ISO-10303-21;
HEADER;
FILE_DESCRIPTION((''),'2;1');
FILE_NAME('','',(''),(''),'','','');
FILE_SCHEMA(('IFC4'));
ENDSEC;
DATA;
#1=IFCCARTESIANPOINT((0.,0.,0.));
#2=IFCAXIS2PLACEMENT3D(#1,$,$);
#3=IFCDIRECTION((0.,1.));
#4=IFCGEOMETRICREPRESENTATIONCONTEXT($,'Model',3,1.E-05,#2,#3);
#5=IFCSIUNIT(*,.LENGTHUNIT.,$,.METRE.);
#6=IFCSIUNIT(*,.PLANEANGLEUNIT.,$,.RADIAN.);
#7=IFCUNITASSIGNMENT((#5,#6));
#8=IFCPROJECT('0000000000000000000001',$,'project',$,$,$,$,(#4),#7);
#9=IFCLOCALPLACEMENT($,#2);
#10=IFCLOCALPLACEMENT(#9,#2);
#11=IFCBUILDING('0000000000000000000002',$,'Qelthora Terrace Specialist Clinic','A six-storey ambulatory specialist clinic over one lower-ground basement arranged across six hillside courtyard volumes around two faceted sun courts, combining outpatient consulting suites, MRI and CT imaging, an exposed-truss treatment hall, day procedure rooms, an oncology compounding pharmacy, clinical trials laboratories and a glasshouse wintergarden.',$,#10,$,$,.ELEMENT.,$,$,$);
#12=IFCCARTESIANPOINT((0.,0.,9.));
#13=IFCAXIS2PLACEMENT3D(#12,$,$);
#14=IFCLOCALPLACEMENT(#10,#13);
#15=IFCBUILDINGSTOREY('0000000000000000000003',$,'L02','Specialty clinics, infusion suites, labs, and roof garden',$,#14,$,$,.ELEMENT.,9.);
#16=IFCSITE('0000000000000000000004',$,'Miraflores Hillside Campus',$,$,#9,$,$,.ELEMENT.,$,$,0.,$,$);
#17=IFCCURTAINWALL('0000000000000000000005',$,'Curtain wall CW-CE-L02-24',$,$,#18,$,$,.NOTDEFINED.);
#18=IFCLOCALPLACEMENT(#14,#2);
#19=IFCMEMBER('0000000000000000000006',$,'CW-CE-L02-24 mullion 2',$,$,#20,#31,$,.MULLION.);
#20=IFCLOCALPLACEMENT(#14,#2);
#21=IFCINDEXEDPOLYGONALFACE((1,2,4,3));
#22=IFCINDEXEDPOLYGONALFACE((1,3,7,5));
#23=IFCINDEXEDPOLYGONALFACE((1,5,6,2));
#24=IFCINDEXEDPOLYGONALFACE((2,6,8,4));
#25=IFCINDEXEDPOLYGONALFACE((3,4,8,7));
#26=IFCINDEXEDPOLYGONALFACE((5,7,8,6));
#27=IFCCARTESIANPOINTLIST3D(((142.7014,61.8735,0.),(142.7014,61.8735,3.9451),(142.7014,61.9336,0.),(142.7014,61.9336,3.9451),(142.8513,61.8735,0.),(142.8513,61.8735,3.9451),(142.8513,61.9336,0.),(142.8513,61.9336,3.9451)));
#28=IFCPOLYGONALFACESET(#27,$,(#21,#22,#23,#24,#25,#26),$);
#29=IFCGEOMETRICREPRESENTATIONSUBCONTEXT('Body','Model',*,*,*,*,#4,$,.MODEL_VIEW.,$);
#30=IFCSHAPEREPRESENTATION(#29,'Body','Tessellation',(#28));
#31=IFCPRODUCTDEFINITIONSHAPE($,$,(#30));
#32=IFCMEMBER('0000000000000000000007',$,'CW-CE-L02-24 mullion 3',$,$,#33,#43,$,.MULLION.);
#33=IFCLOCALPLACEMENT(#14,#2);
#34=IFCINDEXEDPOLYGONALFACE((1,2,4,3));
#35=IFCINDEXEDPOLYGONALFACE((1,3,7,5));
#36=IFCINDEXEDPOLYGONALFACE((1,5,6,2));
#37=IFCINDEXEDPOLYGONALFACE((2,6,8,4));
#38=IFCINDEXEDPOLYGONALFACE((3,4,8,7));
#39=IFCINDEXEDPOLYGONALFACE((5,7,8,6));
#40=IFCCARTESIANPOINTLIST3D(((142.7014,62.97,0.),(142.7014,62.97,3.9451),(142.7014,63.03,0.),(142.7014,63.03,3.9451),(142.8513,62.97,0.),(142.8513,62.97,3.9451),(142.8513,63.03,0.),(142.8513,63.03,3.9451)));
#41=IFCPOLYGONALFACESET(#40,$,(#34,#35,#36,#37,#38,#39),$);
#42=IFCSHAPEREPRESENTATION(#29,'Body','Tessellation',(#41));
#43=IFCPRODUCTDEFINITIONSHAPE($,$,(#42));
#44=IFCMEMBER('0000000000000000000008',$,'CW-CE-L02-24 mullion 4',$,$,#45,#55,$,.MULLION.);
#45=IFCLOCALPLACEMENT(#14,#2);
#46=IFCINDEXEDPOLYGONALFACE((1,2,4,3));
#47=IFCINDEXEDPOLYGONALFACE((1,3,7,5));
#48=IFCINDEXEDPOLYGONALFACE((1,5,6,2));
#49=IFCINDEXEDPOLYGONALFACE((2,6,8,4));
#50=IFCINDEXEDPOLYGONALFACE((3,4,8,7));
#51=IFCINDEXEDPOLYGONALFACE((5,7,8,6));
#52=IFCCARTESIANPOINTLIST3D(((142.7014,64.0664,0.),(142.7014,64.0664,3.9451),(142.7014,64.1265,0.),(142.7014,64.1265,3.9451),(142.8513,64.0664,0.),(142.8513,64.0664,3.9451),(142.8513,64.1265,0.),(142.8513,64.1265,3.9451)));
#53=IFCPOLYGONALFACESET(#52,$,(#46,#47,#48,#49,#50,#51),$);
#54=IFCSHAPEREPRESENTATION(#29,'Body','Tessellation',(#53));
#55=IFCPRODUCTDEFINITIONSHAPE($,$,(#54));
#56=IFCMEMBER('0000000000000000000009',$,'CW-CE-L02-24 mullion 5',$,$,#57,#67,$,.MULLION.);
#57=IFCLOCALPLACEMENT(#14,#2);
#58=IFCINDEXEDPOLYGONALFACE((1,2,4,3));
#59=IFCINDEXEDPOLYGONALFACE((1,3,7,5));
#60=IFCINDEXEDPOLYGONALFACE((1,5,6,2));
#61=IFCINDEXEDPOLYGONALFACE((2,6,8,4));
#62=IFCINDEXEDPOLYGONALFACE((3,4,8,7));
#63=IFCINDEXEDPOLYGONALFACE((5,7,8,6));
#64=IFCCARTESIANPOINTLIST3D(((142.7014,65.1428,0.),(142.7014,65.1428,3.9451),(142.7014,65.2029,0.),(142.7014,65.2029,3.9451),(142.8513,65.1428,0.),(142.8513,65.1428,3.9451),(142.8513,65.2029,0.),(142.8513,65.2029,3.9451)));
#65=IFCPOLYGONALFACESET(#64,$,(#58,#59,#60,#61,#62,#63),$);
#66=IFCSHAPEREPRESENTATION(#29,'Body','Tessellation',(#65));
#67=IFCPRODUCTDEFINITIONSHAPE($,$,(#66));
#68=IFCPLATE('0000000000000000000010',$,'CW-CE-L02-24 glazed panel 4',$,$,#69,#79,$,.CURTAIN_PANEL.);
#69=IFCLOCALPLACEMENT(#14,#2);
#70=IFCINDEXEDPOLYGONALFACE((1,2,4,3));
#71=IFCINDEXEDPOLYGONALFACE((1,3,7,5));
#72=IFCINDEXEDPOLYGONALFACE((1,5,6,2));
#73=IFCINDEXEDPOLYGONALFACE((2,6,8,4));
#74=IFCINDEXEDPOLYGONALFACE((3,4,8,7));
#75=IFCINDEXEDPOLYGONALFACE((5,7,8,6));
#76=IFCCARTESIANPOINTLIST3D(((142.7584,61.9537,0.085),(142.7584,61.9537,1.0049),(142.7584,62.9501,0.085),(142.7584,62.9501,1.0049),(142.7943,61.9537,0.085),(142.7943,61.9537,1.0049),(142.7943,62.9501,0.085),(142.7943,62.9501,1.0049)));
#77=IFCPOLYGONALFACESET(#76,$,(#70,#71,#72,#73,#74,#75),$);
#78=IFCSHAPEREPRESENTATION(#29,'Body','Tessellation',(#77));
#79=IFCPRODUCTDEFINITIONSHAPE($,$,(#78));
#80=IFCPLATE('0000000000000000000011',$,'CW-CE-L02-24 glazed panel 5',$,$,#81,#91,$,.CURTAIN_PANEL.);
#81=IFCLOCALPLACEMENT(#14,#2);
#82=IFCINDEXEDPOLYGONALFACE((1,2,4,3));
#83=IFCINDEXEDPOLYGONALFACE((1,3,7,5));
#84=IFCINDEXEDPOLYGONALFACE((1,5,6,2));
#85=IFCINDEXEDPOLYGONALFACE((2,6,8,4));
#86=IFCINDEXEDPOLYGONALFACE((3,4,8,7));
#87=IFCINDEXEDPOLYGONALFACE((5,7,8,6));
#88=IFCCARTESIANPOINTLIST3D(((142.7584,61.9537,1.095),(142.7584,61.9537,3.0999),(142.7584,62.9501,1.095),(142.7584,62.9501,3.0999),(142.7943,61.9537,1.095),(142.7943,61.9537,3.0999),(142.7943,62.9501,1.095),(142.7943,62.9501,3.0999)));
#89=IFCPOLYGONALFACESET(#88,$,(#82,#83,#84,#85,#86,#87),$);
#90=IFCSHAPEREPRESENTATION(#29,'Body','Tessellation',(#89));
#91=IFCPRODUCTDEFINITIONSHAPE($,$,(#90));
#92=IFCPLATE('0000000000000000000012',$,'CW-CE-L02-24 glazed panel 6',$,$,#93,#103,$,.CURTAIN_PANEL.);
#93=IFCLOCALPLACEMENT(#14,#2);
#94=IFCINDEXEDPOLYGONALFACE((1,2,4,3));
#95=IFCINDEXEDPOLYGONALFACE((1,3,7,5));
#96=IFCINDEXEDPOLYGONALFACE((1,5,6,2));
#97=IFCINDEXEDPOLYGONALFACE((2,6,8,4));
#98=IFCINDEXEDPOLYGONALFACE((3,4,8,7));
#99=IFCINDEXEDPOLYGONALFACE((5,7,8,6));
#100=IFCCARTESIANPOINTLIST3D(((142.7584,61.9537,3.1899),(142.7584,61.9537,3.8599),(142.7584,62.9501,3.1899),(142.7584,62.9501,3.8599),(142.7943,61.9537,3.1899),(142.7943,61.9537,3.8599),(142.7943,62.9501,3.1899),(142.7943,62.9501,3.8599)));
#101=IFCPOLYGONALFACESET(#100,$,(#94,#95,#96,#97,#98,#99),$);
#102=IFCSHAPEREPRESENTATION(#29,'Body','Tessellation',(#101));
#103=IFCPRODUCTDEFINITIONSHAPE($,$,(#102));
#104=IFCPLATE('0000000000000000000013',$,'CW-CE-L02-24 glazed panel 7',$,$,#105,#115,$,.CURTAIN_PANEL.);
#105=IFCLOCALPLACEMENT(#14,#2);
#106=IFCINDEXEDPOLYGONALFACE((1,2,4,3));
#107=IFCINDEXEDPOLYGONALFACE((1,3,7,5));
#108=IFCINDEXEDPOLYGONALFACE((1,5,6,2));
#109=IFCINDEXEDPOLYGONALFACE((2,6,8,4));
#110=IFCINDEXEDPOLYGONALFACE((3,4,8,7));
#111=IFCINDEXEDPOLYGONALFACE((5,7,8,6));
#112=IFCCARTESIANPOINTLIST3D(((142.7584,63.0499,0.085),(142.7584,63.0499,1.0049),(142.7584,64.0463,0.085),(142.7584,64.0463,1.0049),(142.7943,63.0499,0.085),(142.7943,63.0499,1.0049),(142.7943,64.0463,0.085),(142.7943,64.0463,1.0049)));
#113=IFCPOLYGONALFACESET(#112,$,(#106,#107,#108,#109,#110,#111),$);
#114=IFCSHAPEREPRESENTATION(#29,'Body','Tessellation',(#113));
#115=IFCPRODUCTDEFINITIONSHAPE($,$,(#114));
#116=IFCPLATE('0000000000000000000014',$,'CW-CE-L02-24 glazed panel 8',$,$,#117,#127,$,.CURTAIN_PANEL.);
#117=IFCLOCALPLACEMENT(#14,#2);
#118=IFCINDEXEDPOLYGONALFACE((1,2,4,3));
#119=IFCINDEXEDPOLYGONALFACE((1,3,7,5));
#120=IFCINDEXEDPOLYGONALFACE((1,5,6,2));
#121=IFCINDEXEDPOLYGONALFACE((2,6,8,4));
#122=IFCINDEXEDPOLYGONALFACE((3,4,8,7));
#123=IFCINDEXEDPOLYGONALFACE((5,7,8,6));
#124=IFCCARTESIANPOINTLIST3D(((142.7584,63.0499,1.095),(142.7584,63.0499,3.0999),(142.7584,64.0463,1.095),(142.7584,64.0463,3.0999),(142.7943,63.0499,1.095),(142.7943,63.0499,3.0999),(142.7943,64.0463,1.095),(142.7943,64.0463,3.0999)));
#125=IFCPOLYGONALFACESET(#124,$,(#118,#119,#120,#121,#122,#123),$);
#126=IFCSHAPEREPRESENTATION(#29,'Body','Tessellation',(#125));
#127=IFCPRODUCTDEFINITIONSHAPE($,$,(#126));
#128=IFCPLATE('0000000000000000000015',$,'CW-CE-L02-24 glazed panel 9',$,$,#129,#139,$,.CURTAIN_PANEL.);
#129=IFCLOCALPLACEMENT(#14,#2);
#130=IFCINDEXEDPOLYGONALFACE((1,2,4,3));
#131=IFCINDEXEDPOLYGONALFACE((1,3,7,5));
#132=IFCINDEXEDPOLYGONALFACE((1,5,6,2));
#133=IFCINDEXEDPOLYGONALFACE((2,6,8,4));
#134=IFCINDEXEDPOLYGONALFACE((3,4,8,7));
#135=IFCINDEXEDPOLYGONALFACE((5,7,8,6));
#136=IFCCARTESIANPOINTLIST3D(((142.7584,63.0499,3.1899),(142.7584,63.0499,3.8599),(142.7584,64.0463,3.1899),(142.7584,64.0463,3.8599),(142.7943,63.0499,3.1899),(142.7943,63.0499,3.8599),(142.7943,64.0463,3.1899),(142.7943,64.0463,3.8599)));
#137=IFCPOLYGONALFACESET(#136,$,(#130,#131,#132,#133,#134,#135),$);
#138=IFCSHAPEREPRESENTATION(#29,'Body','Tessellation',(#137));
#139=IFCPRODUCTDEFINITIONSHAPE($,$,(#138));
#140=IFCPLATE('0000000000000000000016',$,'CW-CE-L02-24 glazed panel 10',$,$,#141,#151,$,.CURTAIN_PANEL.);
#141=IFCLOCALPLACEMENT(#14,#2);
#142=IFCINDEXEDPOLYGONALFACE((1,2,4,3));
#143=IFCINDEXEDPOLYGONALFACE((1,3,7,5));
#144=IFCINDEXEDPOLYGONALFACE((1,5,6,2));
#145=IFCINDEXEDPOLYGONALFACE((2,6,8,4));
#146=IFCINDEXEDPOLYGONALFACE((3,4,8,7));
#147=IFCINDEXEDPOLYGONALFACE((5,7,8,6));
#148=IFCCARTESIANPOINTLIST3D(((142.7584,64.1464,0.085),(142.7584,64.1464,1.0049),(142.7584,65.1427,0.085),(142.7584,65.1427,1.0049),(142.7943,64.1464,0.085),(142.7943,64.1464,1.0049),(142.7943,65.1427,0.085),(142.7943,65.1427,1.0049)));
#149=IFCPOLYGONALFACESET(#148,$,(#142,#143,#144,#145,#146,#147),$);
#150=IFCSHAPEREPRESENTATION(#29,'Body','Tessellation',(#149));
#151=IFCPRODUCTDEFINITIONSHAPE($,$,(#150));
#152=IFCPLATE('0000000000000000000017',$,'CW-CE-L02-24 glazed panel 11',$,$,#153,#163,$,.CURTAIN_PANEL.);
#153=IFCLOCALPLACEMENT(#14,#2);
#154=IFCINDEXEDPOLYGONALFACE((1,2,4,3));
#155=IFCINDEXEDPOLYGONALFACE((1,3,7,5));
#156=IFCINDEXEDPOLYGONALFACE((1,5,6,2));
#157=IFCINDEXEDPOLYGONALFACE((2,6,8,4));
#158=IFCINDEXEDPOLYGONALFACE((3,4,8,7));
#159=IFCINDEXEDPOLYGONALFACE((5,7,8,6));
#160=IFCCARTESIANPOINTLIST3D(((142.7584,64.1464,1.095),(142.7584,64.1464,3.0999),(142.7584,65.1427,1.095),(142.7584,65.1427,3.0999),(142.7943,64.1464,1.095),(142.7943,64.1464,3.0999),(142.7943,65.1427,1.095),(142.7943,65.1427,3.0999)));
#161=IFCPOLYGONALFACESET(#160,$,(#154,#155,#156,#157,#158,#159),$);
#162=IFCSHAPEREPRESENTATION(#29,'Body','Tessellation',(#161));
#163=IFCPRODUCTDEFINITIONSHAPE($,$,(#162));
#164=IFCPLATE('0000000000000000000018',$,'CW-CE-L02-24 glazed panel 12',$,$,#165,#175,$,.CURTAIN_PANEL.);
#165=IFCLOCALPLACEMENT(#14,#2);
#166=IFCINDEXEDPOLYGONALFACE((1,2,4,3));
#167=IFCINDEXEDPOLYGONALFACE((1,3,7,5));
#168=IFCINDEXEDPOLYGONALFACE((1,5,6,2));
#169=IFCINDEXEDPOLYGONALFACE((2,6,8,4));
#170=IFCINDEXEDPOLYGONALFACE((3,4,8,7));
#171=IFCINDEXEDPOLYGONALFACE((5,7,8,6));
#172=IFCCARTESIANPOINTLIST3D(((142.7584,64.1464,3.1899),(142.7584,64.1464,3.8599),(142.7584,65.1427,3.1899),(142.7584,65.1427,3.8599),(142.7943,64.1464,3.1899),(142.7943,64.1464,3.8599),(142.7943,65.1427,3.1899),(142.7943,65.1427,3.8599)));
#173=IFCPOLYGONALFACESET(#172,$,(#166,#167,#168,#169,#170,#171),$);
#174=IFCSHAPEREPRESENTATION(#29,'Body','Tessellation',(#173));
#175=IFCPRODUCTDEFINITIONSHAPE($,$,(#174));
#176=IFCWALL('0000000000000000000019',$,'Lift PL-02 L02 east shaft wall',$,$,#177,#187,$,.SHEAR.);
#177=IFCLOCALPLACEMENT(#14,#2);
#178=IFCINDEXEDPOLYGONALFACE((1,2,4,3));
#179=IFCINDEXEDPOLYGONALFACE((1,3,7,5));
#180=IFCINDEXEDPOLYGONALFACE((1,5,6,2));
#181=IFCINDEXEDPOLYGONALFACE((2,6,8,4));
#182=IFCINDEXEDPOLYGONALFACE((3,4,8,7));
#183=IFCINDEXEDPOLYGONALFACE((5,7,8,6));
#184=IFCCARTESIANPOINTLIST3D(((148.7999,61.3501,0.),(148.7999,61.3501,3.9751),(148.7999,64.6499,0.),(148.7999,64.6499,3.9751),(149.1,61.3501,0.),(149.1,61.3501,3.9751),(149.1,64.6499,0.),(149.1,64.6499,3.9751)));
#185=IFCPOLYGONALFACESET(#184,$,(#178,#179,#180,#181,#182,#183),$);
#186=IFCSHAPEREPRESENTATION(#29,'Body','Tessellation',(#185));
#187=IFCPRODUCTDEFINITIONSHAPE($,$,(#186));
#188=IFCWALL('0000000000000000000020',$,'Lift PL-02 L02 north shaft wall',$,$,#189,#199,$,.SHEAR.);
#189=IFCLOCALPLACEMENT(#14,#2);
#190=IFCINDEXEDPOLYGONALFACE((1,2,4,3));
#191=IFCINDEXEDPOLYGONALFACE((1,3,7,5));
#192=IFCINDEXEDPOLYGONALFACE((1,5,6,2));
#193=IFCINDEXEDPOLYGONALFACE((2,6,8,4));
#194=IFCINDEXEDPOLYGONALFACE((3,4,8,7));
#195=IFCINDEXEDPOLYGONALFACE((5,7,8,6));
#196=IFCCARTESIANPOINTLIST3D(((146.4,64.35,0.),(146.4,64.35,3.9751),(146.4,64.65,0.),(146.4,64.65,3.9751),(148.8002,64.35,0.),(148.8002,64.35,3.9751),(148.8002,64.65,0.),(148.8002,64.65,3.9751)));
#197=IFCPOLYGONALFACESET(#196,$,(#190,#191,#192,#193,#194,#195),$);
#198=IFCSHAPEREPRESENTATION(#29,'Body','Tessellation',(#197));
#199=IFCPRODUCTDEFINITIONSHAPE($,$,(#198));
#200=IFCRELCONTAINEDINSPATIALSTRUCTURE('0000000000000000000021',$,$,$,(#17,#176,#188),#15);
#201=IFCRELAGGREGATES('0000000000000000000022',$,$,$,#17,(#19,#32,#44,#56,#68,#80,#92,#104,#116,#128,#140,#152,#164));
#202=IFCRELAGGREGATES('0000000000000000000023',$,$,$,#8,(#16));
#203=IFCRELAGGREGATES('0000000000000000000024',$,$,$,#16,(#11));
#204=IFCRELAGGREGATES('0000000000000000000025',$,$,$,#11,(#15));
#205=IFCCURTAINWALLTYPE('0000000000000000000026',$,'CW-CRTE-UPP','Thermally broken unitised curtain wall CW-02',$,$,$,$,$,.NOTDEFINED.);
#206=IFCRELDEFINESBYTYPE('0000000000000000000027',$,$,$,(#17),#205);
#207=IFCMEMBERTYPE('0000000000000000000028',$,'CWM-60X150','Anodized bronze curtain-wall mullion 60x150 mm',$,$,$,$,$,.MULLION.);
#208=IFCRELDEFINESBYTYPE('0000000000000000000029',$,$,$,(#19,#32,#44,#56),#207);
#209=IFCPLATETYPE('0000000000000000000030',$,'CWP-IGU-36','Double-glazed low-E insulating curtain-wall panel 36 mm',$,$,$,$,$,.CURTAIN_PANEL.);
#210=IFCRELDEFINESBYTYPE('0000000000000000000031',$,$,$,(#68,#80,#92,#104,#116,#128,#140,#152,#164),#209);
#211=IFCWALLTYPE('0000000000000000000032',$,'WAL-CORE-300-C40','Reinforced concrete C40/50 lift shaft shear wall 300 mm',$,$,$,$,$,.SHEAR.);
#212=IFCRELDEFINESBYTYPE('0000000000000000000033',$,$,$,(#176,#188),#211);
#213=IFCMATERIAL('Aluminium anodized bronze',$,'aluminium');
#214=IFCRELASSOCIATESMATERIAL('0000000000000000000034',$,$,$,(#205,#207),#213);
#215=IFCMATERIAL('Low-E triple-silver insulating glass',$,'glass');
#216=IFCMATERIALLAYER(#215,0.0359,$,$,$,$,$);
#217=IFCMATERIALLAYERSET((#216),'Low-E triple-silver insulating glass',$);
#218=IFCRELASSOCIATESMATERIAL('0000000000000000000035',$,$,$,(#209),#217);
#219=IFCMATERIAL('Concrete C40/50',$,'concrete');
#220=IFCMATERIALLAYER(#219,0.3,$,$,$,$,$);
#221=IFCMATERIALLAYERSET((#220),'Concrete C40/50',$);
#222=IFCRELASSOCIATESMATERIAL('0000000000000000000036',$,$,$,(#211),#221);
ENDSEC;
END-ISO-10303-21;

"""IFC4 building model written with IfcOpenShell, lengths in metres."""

from ifc_helpers import new_model, si_unit, direction, frame, frame_2d, origin, origin_2d, place, context, subcontext, project, spatial, rectangle, extrude, material, layer, layer_set, material_profile, profile_set, type_object, element, aggregate, save


model = new_model("IFC4")

# Units and contexts
model_context = context("Model", 3, precision=1e-05, world=origin(), true_north=direction((0.0, 1.0)))
body_context = subcontext(model_context, "Body", "Model", "MODEL_VIEW")
ifc_project = project(units=[si_unit("LENGTHUNIT", "METRE"), si_unit("PLANEANGLEUNIT", "RADIAN")], contexts=[model_context])

# Site, building, storey
site_placement = place(None, origin())
site = spatial("IfcSite", under=ifc_project, at=site_placement, Name="Miraflores Hillside Campus", CompositionType="ELEMENT", RefElevation=0.0)
building_placement = place(site_placement, origin())
building = spatial("IfcBuilding", under=site, at=building_placement, Name="Qelthora Terrace Specialist Clinic", Description="A six-storey ambulatory specialist clinic over one lower-ground basement arranged across six hillside courtyard volumes around two faceted sun courts, combining outpatient consulting suites, MRI and CT imaging, an exposed-truss treatment hall, day procedure rooms, an oncology compounding pharmacy, clinical trials laboratories and a glasshouse wintergarden.", CompositionType="ELEMENT")
storey_placement = place(building_placement, frame((0.0, 0.0, 9.0)))
storey = spatial("IfcBuildingStorey", under=building, at=storey_placement, Name="L02", Description="Specialty clinics, infusion suites, labs, and roof garden", CompositionType="ELEMENT", Elevation=9.0)

# Curtain wall, members, plates
ifc_material_1 = material(Name="Aluminium anodized bronze", Category="aluminium")
curtain_wall_type = type_object("IfcCurtainWallType", Name="CW-CRTE-UPP", Description="Thermally broken unitised curtain wall CW-02", PredefinedType="NOTDEFINED", material=ifc_material_1)
curtain_wall_placement = place(storey_placement, origin())
curtain_wall = element("IfcCurtainWall", 1, at=curtain_wall_placement, inside=storey, type_object=curtain_wall_type, Name="Curtain wall CW-CE-L02-24", PredefinedType="NOTDEFINED")
ifc_material_profile = material_profile(ifc_material_1, rectangle(XDim=0.0601, YDim=0.1499, at=origin_2d()), Name="CWM60X150")
ifc_profile_set = profile_set([ifc_material_profile], Name="Aluminium anodized bronze")
member_type = type_object("IfcMemberType", Name="CWM-60X150", Description="Anodized bronze curtain-wall mullion 60x150 mm", PredefinedType="MULLION", material=ifc_profile_set)
member_1_placement = place(storey_placement, frame((142.7764, 61.9036, 0.0), z_axis=(0.0, 0.0, 1.0), x_axis=(0.0, 1.0, 0.0)))
member_1 = element("IfcMember", 2, at=member_1_placement, type_object=member_type, Name="CW-CE-L02-24 mullion 2", PredefinedType="MULLION", context=body_context, shape_type="SweptSolid", body=[
    extrude(rectangle(XDim=0.0601, YDim=0.1499, at=origin_2d()), origin(), (0.0, 0.0, 1.0), 3.9451),
])
member_2_placement = place(storey_placement, frame((142.7764, 63.0, 0.0), z_axis=(0.0, 0.0, 1.0), x_axis=(0.0, 1.0, 0.0)))
member_2 = element("IfcMember", 3, at=member_2_placement, type_object=member_type, Name="CW-CE-L02-24 mullion 3", PredefinedType="MULLION", context=body_context, shape_type="SweptSolid", body=[
    extrude(rectangle(XDim=0.0601, YDim=0.1499, at=origin_2d()), origin(), (0.0, 0.0, 1.0), 3.9451),
])
member_3_placement = place(storey_placement, frame((142.7764, 64.0964, 0.0), z_axis=(0.0, 0.0, 1.0), x_axis=(0.0, 1.0, 0.0)))
member_3 = element("IfcMember", 4, at=member_3_placement, type_object=member_type, Name="CW-CE-L02-24 mullion 4", PredefinedType="MULLION", context=body_context, shape_type="SweptSolid", body=[
    extrude(rectangle(XDim=0.0601, YDim=0.1499, at=origin_2d()), origin(), (0.0, 0.0, 1.0), 3.9451),
])
member_4_placement = place(storey_placement, frame((142.7764, 65.1729, 0.0), z_axis=(0.0, 0.0, 1.0), x_axis=(0.0, 1.0, 0.0)))
member_4 = element("IfcMember", 5, at=member_4_placement, type_object=member_type, Name="CW-CE-L02-24 mullion 5", PredefinedType="MULLION", context=body_context, shape_type="SweptSolid", body=[
    extrude(rectangle(XDim=0.0601, YDim=0.1499, at=origin_2d()), origin(), (0.0, 0.0, 1.0), 3.9451),
])
ifc_material_2 = material(Name="Low-E triple-silver insulating glass", Category="glass")
ifc_layer_1 = layer(ifc_material_2, 0.0359)
ifc_layer_set_1 = layer_set([ifc_layer_1], Name="Low-E triple-silver insulating glass")
plate_type = type_object("IfcPlateType", Name="CWP-IGU-36", Description="Double-glazed low-E insulating curtain-wall panel 36 mm", PredefinedType="CURTAIN_PANEL", material=ifc_layer_set_1)
plate_1_placement = place(storey_placement, frame((142.7764, 62.4519, 0.085), z_axis=(0.0, 0.0, 1.0), x_axis=(0.0, 1.0, 0.0)))
plate_1 = element("IfcPlate", 6, at=plate_1_placement, type_object=plate_type, Name="CW-CE-L02-24 glazed panel 4", PredefinedType="CURTAIN_PANEL", context=body_context, shape_type="SweptSolid", body=[
    extrude(rectangle(XDim=0.9963, YDim=0.0359, at=origin_2d()), origin(), (0.0, 0.0, 1.0), 0.9199),
])
plate_2_placement = place(storey_placement, frame((142.7764, 62.4519, 1.095), z_axis=(0.0, 0.0, 1.0), x_axis=(0.0, 1.0, 0.0)))
plate_2 = element("IfcPlate", 7, at=plate_2_placement, type_object=plate_type, Name="CW-CE-L02-24 glazed panel 5", PredefinedType="CURTAIN_PANEL", context=body_context, shape_type="SweptSolid", body=[
    extrude(rectangle(XDim=0.9963, YDim=0.0359, at=origin_2d()), origin(), (0.0, 0.0, 1.0), 2.0049),
])
plate_3_placement = place(storey_placement, frame((142.7764, 62.4519, 3.1899), z_axis=(0.0, 0.0, 1.0), x_axis=(0.0, 1.0, 0.0)))
plate_3 = element("IfcPlate", 8, at=plate_3_placement, type_object=plate_type, Name="CW-CE-L02-24 glazed panel 6", PredefinedType="CURTAIN_PANEL", context=body_context, shape_type="SweptSolid", body=[
    extrude(rectangle(XDim=0.9963, YDim=0.0359, at=origin_2d()), origin(), (0.0, 0.0, 1.0), 0.6699),
])
plate_4_placement = place(storey_placement, frame((142.7764, 63.5481, 0.085), z_axis=(0.0, 0.0, 1.0), x_axis=(0.0, 1.0, 0.0)))
plate_4 = element("IfcPlate", 9, at=plate_4_placement, type_object=plate_type, Name="CW-CE-L02-24 glazed panel 7", PredefinedType="CURTAIN_PANEL", context=body_context, shape_type="SweptSolid", body=[
    extrude(rectangle(XDim=0.9963, YDim=0.0359, at=origin_2d()), origin(), (0.0, 0.0, 1.0), 0.9199),
])
plate_5_placement = place(storey_placement, frame((142.7764, 63.5481, 1.095), z_axis=(0.0, 0.0, 1.0), x_axis=(0.0, 1.0, 0.0)))
plate_5 = element("IfcPlate", 10, at=plate_5_placement, type_object=plate_type, Name="CW-CE-L02-24 glazed panel 8", PredefinedType="CURTAIN_PANEL", context=body_context, shape_type="SweptSolid", body=[
    extrude(rectangle(XDim=0.9963, YDim=0.0359, at=origin_2d()), origin(), (0.0, 0.0, 1.0), 2.0049),
])
plate_6_placement = place(storey_placement, frame((142.7764, 63.5481, 3.1899), z_axis=(0.0, 0.0, 1.0), x_axis=(0.0, 1.0, 0.0)))
plate_6 = element("IfcPlate", 11, at=plate_6_placement, type_object=plate_type, Name="CW-CE-L02-24 glazed panel 9", PredefinedType="CURTAIN_PANEL", context=body_context, shape_type="SweptSolid", body=[
    extrude(rectangle(XDim=0.9963, YDim=0.0359, at=origin_2d()), origin(), (0.0, 0.0, 1.0), 0.6699),
])
plate_7_placement = place(storey_placement, frame((142.7764, 64.6445, 0.085), z_axis=(0.0, 0.0, 1.0), x_axis=(0.0, 1.0, 0.0)))
plate_7 = element("IfcPlate", 12, at=plate_7_placement, type_object=plate_type, Name="CW-CE-L02-24 glazed panel 10", PredefinedType="CURTAIN_PANEL", context=body_context, shape_type="SweptSolid", body=[
    extrude(rectangle(XDim=0.9963, YDim=0.0359, at=origin_2d()), origin(), (0.0, 0.0, 1.0), 0.9199),
])
plate_8_placement = place(storey_placement, frame((142.7764, 64.6445, 1.095), z_axis=(0.0, 0.0, 1.0), x_axis=(0.0, 1.0, 0.0)))
plate_8 = element("IfcPlate", 13, at=plate_8_placement, type_object=plate_type, Name="CW-CE-L02-24 glazed panel 11", PredefinedType="CURTAIN_PANEL", context=body_context, shape_type="SweptSolid", body=[
    extrude(rectangle(XDim=0.9963, YDim=0.0359, at=origin_2d()), origin(), (0.0, 0.0, 1.0), 2.0049),
])
plate_9_placement = place(storey_placement, frame((142.7764, 64.6445, 3.1899), z_axis=(0.0, 0.0, 1.0), x_axis=(0.0, 1.0, 0.0)))
plate_9 = element("IfcPlate", 14, at=plate_9_placement, type_object=plate_type, Name="CW-CE-L02-24 glazed panel 12", PredefinedType="CURTAIN_PANEL", context=body_context, shape_type="SweptSolid", body=[
    extrude(rectangle(XDim=0.9963, YDim=0.0359, at=origin_2d()), origin(), (0.0, 0.0, 1.0), 0.6699),
])
aggregate(curtain_wall, [member_1, member_2, member_3, member_4, plate_1, plate_2, plate_3, plate_4, plate_5, plate_6, plate_7, plate_8, plate_9])

# Shared definitions
ifc_material_3 = material(Name="Concrete C40/50", Category="concrete")
ifc_layer_2 = layer(ifc_material_3, 0.3)
ifc_layer_set_2 = layer_set([ifc_layer_2], Name="Concrete C40/50")
wall_type = type_object("IfcWallType", Name="WAL-CORE-300-C40", Description="Reinforced concrete C40/50 lift shaft shear wall 300 mm", PredefinedType="SHEAR", material=ifc_layer_set_2)

# Walls
wall_1_placement = place(storey_placement, frame((148.95, 61.3501, 0.0), z_axis=(0.0, 0.0, 1.0), x_axis=(0.0, 1.0, 0.0)))
element("IfcWall", 15, at=wall_1_placement, inside=storey, type_object=wall_type, Name="Lift PL-02 L02 east shaft wall", PredefinedType="SHEAR", context=body_context, shape_type="SweptSolid", body=[
    extrude(rectangle(XDim=3.2998, YDim=0.3, at=frame_2d((1.6499, 0.0))), origin(), (0.0, 0.0, 1.0), 3.9751),
])
for number, where, z_axis, x_axis, name in (
    (16, (146.3999, 64.5, 0.0), (0.0, 0.0, 1.0), (1.0, 0.0, 0.0), "Lift PL-02 L02 north shaft wall"),
):
    element("IfcWall", number, at=place(storey_placement, frame(where, z_axis=z_axis, x_axis=x_axis)), inside=storey, type_object=wall_type, Name=name, PredefinedType="SHEAR", context=body_context, shape_type="SweptSolid", body=[
        extrude(rectangle(XDim=2.4001, YDim=0.3, at=frame_2d((1.2002, 0.0))), origin(), (0.0, 0.0, 1.0), 3.9751),
    ])

save(model, "model.ifc")
